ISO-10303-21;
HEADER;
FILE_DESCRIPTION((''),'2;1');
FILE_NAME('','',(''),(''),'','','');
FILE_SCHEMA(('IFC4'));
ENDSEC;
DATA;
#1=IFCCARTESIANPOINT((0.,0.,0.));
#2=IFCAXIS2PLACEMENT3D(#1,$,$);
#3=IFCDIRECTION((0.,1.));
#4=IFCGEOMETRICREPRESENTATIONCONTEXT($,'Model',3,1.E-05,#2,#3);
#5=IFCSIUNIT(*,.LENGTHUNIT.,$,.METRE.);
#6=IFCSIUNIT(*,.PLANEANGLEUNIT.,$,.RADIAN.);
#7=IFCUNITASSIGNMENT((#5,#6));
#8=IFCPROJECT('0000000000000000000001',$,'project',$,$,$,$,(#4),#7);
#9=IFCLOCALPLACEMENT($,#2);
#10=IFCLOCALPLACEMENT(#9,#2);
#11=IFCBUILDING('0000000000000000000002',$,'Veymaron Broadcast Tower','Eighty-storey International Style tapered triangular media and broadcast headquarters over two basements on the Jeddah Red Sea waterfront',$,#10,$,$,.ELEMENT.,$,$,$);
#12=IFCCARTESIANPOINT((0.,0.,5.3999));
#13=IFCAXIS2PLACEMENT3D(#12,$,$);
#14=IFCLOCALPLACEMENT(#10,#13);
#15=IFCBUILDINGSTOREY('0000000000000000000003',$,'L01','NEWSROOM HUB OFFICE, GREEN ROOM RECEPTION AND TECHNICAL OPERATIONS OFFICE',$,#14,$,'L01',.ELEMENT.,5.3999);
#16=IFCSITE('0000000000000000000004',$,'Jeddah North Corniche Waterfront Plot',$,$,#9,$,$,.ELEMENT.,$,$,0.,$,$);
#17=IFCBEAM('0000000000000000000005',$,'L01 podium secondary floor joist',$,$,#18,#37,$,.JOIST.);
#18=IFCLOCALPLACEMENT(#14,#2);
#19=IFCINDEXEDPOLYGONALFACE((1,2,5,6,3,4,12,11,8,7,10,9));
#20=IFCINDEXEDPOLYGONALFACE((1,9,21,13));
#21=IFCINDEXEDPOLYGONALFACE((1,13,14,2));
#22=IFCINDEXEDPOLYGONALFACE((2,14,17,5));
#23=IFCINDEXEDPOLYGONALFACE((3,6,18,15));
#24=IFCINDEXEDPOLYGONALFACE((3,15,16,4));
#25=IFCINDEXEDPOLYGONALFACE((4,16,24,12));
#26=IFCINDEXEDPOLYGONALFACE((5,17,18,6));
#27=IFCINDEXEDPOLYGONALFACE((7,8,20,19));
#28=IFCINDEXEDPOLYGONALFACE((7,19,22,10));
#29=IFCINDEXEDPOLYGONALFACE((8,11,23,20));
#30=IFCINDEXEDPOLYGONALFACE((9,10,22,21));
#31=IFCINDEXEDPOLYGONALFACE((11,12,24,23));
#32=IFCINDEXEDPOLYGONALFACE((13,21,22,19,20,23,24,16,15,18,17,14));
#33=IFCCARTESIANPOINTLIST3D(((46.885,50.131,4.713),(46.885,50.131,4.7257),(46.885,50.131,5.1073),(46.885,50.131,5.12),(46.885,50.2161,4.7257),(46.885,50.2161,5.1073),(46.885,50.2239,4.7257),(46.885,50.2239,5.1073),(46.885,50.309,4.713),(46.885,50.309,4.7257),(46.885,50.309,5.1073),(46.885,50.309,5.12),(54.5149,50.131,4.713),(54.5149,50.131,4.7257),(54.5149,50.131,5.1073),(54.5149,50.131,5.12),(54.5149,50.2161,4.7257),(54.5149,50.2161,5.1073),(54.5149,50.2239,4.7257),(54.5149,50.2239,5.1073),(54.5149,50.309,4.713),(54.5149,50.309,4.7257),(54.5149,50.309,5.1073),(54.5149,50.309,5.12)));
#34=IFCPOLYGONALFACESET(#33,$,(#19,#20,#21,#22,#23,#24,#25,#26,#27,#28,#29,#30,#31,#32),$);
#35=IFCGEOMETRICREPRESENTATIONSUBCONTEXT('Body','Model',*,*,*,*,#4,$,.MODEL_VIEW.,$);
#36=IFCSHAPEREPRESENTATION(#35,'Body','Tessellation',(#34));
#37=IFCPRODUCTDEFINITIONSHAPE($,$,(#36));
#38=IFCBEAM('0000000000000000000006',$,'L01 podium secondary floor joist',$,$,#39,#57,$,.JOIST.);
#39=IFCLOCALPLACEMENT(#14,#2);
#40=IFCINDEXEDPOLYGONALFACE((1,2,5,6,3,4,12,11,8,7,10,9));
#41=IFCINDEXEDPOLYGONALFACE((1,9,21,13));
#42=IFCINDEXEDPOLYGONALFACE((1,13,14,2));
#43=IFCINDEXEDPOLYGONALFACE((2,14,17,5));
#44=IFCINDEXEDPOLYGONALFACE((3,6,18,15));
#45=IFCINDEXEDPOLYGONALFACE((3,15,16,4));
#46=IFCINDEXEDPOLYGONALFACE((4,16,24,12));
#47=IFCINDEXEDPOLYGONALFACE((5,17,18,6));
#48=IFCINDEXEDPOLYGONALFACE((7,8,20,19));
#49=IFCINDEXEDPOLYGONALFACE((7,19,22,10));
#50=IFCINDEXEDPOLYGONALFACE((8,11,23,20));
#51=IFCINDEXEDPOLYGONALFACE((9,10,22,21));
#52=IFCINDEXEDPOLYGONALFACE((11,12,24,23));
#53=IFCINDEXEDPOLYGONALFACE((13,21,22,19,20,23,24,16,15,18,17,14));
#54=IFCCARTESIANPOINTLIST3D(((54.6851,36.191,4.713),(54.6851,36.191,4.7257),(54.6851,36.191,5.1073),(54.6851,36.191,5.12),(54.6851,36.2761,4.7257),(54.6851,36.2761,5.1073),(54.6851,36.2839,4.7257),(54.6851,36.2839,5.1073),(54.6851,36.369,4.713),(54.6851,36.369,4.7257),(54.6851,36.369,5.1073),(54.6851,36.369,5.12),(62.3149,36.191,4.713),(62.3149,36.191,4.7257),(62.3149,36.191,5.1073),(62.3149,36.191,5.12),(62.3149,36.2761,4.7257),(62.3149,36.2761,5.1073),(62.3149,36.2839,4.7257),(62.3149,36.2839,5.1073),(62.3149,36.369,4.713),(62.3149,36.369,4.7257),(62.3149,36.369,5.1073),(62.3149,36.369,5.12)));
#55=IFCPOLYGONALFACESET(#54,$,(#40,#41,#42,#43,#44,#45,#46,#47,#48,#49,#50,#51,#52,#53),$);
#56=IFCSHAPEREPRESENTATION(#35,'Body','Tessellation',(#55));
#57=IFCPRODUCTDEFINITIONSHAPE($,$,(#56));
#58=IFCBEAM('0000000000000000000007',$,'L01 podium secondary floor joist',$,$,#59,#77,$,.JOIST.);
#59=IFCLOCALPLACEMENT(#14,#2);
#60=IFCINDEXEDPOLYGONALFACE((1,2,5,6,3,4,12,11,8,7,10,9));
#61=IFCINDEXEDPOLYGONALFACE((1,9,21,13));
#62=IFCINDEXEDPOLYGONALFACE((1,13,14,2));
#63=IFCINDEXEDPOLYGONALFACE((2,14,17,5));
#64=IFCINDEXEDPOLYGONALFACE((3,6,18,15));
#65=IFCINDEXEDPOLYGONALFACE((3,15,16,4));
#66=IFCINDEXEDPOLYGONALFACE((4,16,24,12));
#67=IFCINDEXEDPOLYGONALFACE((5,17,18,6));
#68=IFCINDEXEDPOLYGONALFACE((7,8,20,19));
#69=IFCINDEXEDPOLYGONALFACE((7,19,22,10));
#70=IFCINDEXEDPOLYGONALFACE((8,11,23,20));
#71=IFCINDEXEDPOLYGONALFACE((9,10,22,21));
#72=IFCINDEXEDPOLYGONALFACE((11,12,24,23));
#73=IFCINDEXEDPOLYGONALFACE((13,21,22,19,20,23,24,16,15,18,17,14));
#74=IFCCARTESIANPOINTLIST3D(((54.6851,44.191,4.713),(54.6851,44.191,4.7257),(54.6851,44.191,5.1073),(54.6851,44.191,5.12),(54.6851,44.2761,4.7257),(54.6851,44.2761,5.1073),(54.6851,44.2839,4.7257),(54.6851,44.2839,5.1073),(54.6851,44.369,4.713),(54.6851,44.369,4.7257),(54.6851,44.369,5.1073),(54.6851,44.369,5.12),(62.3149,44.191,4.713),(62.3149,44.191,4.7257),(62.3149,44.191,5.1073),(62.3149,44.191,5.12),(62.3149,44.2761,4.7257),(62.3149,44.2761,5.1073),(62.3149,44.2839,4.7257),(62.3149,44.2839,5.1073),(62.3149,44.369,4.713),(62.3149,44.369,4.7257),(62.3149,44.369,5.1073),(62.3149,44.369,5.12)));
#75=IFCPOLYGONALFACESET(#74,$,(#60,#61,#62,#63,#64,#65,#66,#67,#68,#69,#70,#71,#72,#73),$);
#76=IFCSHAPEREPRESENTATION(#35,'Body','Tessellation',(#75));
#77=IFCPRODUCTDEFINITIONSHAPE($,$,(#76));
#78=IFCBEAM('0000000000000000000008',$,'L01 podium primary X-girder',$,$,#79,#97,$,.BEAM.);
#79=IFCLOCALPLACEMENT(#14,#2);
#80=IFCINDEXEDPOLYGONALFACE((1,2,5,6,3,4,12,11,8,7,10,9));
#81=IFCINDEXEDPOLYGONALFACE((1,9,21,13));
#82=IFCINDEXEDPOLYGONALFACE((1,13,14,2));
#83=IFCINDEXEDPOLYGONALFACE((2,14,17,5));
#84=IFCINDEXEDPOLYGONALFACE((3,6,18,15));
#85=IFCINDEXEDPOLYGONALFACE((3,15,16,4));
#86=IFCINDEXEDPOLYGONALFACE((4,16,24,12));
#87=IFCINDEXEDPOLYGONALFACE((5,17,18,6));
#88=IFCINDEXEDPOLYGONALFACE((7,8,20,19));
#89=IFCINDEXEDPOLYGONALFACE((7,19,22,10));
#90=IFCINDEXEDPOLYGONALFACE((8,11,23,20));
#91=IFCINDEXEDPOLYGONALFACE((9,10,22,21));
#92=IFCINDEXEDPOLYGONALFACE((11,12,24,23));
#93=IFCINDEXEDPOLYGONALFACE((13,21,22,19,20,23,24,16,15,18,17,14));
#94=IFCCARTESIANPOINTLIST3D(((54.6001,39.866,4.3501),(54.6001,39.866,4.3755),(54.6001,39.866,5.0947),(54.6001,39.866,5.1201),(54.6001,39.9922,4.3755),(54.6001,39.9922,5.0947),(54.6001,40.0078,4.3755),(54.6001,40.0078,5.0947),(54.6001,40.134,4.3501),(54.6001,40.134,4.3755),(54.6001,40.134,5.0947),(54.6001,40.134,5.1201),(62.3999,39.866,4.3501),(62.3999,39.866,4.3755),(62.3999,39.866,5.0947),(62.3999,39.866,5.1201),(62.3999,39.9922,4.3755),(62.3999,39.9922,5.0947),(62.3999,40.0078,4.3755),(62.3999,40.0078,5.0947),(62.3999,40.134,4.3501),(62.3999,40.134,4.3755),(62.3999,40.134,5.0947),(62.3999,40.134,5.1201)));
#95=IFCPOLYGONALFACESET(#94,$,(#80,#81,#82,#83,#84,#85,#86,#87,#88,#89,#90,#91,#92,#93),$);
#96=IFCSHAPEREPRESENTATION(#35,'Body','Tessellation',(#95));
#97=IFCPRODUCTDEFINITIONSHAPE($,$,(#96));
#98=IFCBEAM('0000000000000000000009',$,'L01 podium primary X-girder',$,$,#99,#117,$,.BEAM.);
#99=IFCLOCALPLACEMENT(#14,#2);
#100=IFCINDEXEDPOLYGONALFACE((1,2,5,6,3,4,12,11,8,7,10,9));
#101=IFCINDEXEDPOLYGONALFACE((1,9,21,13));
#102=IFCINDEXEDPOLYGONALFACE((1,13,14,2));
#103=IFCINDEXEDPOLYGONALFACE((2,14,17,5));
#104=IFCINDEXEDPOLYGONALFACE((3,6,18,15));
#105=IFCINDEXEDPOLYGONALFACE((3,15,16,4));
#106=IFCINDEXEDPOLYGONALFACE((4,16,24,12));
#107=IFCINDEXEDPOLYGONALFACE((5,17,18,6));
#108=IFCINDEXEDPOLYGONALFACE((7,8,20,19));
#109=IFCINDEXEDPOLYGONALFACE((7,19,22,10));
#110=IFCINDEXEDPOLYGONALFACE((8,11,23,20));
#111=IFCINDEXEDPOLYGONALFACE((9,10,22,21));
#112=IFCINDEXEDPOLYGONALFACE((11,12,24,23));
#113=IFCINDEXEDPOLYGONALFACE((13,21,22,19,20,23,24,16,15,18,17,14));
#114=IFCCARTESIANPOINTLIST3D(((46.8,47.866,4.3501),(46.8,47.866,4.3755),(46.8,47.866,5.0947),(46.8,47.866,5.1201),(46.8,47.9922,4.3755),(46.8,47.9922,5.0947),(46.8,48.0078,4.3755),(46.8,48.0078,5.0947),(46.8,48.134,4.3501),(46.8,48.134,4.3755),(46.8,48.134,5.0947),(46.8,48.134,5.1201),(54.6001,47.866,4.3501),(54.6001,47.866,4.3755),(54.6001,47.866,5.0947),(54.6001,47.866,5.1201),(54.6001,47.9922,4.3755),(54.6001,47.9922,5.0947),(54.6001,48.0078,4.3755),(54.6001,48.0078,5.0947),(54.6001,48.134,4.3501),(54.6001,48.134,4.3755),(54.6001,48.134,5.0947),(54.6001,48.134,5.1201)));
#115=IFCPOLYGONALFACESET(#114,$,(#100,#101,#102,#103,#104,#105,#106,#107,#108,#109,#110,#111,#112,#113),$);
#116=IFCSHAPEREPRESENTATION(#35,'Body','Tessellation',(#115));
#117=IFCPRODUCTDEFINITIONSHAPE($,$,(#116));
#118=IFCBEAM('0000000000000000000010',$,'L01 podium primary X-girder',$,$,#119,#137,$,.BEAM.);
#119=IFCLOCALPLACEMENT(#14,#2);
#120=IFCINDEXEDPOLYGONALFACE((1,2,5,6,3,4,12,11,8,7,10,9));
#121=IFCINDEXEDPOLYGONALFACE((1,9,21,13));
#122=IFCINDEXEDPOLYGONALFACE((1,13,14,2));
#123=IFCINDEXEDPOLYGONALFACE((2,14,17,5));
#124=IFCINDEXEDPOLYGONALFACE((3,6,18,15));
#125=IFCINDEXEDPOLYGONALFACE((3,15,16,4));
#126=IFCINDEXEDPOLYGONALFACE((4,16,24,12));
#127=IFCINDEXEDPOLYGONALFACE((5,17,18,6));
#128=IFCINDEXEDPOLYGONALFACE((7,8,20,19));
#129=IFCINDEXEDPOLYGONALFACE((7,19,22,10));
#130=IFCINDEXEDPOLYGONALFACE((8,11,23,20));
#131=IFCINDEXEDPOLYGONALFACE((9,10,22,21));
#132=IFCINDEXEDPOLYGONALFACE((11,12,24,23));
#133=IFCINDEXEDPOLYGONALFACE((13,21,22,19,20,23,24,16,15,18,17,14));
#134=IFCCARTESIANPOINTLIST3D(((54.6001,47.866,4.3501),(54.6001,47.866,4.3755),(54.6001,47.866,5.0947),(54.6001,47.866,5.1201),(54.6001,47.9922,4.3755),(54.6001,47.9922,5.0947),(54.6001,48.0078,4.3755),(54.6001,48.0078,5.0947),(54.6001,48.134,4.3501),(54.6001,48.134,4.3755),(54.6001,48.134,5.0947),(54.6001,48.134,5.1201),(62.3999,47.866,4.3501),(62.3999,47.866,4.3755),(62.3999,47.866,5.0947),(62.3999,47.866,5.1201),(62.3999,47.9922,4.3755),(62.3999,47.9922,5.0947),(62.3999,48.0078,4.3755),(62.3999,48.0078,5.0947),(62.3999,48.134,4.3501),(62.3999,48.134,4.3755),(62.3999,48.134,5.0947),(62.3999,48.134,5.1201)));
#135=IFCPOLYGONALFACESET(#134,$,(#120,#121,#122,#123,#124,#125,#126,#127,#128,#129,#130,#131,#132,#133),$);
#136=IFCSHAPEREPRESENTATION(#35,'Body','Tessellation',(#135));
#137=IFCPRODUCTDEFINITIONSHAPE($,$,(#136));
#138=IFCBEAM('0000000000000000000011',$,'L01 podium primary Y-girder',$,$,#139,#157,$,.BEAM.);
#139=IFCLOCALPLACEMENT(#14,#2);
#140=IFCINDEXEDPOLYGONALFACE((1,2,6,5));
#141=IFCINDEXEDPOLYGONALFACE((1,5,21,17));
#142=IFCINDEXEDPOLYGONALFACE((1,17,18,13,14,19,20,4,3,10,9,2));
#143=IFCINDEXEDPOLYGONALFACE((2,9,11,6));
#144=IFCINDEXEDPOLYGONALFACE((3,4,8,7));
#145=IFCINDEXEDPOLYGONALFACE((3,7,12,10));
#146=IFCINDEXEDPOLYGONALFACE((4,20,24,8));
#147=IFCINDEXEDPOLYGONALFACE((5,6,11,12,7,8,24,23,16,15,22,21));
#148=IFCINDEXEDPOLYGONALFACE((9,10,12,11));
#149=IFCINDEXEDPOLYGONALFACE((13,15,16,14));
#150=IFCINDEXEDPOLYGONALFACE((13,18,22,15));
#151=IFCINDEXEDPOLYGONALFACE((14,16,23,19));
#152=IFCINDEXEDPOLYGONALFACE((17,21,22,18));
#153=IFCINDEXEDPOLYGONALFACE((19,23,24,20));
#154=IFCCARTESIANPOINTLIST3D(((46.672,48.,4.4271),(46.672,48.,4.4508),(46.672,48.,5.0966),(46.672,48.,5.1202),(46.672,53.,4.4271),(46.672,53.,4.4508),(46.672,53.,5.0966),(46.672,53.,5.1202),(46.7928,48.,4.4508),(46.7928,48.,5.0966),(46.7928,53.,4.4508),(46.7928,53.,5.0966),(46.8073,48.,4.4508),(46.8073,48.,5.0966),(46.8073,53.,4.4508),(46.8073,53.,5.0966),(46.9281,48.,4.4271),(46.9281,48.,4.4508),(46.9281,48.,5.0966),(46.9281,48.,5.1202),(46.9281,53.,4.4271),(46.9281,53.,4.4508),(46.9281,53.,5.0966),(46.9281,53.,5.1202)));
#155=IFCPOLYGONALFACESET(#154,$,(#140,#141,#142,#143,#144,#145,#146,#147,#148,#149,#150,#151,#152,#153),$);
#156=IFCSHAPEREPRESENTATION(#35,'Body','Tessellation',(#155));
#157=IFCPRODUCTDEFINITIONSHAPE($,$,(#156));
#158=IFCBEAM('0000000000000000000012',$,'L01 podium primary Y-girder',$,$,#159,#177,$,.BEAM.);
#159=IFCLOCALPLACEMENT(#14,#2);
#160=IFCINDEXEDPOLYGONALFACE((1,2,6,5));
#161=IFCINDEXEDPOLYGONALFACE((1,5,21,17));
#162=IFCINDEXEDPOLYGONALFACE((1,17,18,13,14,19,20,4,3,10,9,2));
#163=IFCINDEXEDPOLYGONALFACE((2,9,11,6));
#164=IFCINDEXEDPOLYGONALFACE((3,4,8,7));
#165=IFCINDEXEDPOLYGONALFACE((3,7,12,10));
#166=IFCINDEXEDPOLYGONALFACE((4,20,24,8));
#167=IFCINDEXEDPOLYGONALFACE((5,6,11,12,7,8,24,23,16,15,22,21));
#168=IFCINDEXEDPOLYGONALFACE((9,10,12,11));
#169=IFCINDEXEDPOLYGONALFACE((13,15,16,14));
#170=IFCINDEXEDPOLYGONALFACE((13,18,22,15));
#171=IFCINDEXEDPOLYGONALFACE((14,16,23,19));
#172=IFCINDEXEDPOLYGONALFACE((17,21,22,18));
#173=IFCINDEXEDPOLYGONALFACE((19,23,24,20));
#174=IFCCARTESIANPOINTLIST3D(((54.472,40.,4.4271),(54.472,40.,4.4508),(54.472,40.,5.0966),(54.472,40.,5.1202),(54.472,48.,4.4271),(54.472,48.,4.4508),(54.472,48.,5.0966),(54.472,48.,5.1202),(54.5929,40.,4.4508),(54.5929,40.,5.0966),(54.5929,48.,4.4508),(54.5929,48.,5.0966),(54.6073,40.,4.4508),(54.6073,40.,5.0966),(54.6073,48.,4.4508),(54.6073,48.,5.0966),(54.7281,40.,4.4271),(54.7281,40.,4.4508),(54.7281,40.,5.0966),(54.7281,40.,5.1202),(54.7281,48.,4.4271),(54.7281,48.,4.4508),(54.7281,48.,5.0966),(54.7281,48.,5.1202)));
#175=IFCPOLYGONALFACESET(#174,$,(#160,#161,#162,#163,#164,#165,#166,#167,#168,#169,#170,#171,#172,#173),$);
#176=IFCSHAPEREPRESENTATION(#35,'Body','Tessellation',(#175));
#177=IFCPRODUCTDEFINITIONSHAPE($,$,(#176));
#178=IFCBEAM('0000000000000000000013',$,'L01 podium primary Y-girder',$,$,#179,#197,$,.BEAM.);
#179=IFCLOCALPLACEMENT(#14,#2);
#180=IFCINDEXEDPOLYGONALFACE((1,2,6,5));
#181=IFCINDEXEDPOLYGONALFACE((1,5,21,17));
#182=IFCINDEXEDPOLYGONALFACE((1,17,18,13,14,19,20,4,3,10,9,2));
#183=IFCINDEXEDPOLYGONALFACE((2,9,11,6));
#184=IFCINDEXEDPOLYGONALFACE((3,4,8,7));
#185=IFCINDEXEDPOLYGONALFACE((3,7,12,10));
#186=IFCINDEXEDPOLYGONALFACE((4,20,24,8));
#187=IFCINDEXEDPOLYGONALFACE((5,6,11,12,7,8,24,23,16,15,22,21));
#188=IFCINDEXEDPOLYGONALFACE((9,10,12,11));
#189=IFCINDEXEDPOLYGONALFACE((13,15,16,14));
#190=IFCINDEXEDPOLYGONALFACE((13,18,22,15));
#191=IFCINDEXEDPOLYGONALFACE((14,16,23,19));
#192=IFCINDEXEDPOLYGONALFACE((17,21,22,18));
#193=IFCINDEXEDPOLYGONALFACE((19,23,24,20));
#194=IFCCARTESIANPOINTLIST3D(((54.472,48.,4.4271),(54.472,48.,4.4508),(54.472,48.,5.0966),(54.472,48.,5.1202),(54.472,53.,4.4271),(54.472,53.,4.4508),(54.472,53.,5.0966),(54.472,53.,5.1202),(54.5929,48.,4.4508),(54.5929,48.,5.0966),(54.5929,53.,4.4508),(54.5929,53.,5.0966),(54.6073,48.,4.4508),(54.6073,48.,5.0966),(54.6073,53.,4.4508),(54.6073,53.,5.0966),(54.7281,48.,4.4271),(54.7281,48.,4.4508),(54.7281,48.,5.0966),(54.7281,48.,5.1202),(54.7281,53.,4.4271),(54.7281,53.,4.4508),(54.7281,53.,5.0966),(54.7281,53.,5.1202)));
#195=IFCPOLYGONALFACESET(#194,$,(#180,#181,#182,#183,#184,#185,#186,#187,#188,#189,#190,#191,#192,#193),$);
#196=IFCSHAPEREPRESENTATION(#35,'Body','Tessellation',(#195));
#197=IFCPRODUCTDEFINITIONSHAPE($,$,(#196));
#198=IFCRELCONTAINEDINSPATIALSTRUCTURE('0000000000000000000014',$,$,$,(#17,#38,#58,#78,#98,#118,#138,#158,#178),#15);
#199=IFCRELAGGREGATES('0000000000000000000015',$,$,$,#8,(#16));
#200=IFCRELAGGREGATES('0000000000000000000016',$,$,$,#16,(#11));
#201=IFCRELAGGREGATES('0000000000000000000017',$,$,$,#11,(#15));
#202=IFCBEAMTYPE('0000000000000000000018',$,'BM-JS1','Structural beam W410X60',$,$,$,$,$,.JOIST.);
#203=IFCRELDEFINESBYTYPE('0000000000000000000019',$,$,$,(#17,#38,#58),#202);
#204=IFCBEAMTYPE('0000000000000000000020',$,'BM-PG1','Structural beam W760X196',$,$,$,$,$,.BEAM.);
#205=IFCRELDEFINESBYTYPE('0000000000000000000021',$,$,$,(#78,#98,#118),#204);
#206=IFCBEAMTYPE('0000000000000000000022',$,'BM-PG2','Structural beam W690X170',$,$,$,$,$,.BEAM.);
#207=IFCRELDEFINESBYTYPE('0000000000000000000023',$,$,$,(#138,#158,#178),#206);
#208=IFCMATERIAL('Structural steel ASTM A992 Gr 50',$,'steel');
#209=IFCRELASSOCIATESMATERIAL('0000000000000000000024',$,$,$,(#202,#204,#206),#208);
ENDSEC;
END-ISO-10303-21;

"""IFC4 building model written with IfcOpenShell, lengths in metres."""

from ifc_helpers import new_model, si_unit, direction, frame, origin, origin_2d, place, context, subcontext, project, spatial, i_section, extrude, material, material_profile, profile_set, type_object, element, save


model = new_model("IFC4")

# Units and contexts
model_context = context("Model", 3, precision=1e-05, world=origin(), true_north=direction((0.0, 1.0)))
body_context = subcontext(model_context, "Body", "Model", "MODEL_VIEW")
ifc_project = project(units=[si_unit("LENGTHUNIT", "METRE"), si_unit("PLANEANGLEUNIT", "RADIAN")], contexts=[model_context])

# Site, building, storey
site_placement = place(None, origin())
site = spatial("IfcSite", under=ifc_project, at=site_placement, Name="Jeddah North Corniche Waterfront Plot", CompositionType="ELEMENT", RefElevation=0.0)
building_placement = place(site_placement, origin())
building = spatial("IfcBuilding", under=site, at=building_placement, Name="Veymaron Broadcast Tower", Description="Eighty-storey International Style tapered triangular media and broadcast headquarters over two basements on the Jeddah Red Sea waterfront", CompositionType="ELEMENT")
storey_placement = place(building_placement, frame((0.0, 0.0, 5.3999)))
storey = spatial("IfcBuildingStorey", under=building, at=storey_placement, Name="L01", Description="NEWSROOM HUB OFFICE, GREEN ROOM RECEPTION AND TECHNICAL OPERATIONS OFFICE", LongName="L01", CompositionType="ELEMENT", Elevation=5.3999)

# Shared definitions
ifc_material_1 = material(Name="Structural steel ASTM A992 Gr 50", Category="steel")

# Beams
ifc_material_profile_1 = material_profile(ifc_material_1, i_section(OverallWidth=0.178, OverallDepth=0.407, WebThickness=0.0078, FlangeThickness=0.0127, at=origin_2d()), Name="W410X60")
ifc_profile_set_1 = profile_set([ifc_material_profile_1], Name="Structural steel ASTM A992 Gr 50")
beam_type_1 = type_object("IfcBeamType", Name="BM-JS1", Description="Structural beam W410X60", PredefinedType="JOIST", material=ifc_profile_set_1)
for number, where, z_axis, x_axis, name in (
    (1, (46.885, 50.22, 4.9165), (1.0, 0.0, 0.0), (0.0, 1.0, 0.0), "L01 podium secondary floor joist"),
    (2, (54.6851, 36.28, 4.9165), (1.0, 0.0, 0.0), (0.0, 1.0, 0.0), "L01 podium secondary floor joist"),
    (3, (54.6851, 44.28, 4.9165), (1.0, 0.0, 0.0), (0.0, 1.0, 0.0), "L01 podium secondary floor joist"),
):
    element("IfcBeam", number, at=place(storey_placement, frame(where, z_axis=z_axis, x_axis=x_axis)), inside=storey, type_object=beam_type_1, Name=name, PredefinedType="JOIST", context=body_context, shape_type="SweptSolid", body=[
        extrude(i_section(OverallWidth=0.178, OverallDepth=0.407, WebThickness=0.0078, FlangeThickness=0.0127, at=origin_2d()), origin(), (0.0, 0.0, 1.0), 7.6299),
    ])
ifc_material_profile_2 = material_profile(ifc_material_1, i_section(OverallWidth=0.2681, OverallDepth=0.77, WebThickness=0.0156, FlangeThickness=0.0254, at=origin_2d()), Name="W760X196")
ifc_profile_set_2 = profile_set([ifc_material_profile_2], Name="Structural steel ASTM A992 Gr 50")
beam_type_2 = type_object("IfcBeamType", Name="BM-PG1", Description="Structural beam W760X196", PredefinedType="BEAM", material=ifc_profile_set_2)
beam_1_placement = place(storey_placement, frame((54.6001, 40.0, 4.7351), z_axis=(1.0, 0.0, 0.0), x_axis=(0.0, 1.0, 0.0)))
element("IfcBeam", 4, at=beam_1_placement, inside=storey, type_object=beam_type_2, Name="L01 podium primary X-girder", PredefinedType="BEAM", context=body_context, shape_type="SweptSolid", body=[
    extrude(i_section(OverallWidth=0.2681, OverallDepth=0.77, WebThickness=0.0156, FlangeThickness=0.0254, at=origin_2d()), origin(), (0.0, 0.0, 1.0), 7.7998),
])
beam_2_placement = place(storey_placement, frame((46.8, 48.0, 4.7351), z_axis=(1.0, 0.0, 0.0), x_axis=(0.0, 1.0, 0.0)))
element("IfcBeam", 5, at=beam_2_placement, inside=storey, type_object=beam_type_2, Name="L01 podium primary X-girder", PredefinedType="BEAM", context=body_context, shape_type="SweptSolid", body=[
    extrude(i_section(OverallWidth=0.2681, OverallDepth=0.77, WebThickness=0.0156, FlangeThickness=0.0254, at=origin_2d()), origin(), (0.0, 0.0, 1.0), 7.8),
])
beam_3_placement = place(storey_placement, frame((54.6001, 48.0, 4.7351), z_axis=(1.0, 0.0, 0.0), x_axis=(0.0, 1.0, 0.0)))
element("IfcBeam", 6, at=beam_3_placement, inside=storey, type_object=beam_type_2, Name="L01 podium primary X-girder", PredefinedType="BEAM", context=body_context, shape_type="SweptSolid", body=[
    extrude(i_section(OverallWidth=0.2681, OverallDepth=0.77, WebThickness=0.0156, FlangeThickness=0.0254, at=origin_2d()), origin(), (0.0, 0.0, 1.0), 7.7998),
])
ifc_material_profile_3 = material_profile(ifc_material_1, i_section(OverallWidth=0.2561, OverallDepth=0.6931, WebThickness=0.0144, FlangeThickness=0.0237, at=origin_2d()), Name="W690X170")
ifc_profile_set_3 = profile_set([ifc_material_profile_3], Name="Structural steel ASTM A992 Gr 50")
beam_type_3 = type_object("IfcBeamType", Name="BM-PG2", Description="Structural beam W690X170", PredefinedType="BEAM", material=ifc_profile_set_3)
beam_4_placement = place(storey_placement, frame((46.8, 48.0, 4.7737), z_axis=(0.0, 1.0, 0.0), x_axis=(-1.0, 0.0, 0.0)))
element("IfcBeam", 7, at=beam_4_placement, inside=storey, type_object=beam_type_3, Name="L01 podium primary Y-girder", PredefinedType="BEAM", context=body_context, shape_type="SweptSolid", body=[
    extrude(i_section(OverallWidth=0.2561, OverallDepth=0.6931, WebThickness=0.0144, FlangeThickness=0.0237, at=origin_2d()), origin(), (0.0, 0.0, 1.0), 5.0),
])
beam_5_placement = place(storey_placement, frame((54.6001, 40.0, 4.7737), z_axis=(0.0, 1.0, 0.0), x_axis=(-1.0, 0.0, 0.0)))
element("IfcBeam", 8, at=beam_5_placement, inside=storey, type_object=beam_type_3, Name="L01 podium primary Y-girder", PredefinedType="BEAM", context=body_context, shape_type="SweptSolid", body=[
    extrude(i_section(OverallWidth=0.2561, OverallDepth=0.6931, WebThickness=0.0144, FlangeThickness=0.0237, at=origin_2d()), origin(), (0.0, 0.0, 1.0), 8.0),
])
beam_6_placement = place(storey_placement, frame((54.6001, 48.0, 4.7737), z_axis=(0.0, 1.0, 0.0), x_axis=(-1.0, 0.0, 0.0)))
element("IfcBeam", 9, at=beam_6_placement, inside=storey, type_object=beam_type_3, Name="L01 podium primary Y-girder", PredefinedType="BEAM", context=body_context, shape_type="SweptSolid", body=[
    extrude(i_section(OverallWidth=0.2561, OverallDepth=0.6931, WebThickness=0.0144, FlangeThickness=0.0237, at=origin_2d()), origin(), (0.0, 0.0, 1.0), 5.0),
])

save(model, "model.ifc")
